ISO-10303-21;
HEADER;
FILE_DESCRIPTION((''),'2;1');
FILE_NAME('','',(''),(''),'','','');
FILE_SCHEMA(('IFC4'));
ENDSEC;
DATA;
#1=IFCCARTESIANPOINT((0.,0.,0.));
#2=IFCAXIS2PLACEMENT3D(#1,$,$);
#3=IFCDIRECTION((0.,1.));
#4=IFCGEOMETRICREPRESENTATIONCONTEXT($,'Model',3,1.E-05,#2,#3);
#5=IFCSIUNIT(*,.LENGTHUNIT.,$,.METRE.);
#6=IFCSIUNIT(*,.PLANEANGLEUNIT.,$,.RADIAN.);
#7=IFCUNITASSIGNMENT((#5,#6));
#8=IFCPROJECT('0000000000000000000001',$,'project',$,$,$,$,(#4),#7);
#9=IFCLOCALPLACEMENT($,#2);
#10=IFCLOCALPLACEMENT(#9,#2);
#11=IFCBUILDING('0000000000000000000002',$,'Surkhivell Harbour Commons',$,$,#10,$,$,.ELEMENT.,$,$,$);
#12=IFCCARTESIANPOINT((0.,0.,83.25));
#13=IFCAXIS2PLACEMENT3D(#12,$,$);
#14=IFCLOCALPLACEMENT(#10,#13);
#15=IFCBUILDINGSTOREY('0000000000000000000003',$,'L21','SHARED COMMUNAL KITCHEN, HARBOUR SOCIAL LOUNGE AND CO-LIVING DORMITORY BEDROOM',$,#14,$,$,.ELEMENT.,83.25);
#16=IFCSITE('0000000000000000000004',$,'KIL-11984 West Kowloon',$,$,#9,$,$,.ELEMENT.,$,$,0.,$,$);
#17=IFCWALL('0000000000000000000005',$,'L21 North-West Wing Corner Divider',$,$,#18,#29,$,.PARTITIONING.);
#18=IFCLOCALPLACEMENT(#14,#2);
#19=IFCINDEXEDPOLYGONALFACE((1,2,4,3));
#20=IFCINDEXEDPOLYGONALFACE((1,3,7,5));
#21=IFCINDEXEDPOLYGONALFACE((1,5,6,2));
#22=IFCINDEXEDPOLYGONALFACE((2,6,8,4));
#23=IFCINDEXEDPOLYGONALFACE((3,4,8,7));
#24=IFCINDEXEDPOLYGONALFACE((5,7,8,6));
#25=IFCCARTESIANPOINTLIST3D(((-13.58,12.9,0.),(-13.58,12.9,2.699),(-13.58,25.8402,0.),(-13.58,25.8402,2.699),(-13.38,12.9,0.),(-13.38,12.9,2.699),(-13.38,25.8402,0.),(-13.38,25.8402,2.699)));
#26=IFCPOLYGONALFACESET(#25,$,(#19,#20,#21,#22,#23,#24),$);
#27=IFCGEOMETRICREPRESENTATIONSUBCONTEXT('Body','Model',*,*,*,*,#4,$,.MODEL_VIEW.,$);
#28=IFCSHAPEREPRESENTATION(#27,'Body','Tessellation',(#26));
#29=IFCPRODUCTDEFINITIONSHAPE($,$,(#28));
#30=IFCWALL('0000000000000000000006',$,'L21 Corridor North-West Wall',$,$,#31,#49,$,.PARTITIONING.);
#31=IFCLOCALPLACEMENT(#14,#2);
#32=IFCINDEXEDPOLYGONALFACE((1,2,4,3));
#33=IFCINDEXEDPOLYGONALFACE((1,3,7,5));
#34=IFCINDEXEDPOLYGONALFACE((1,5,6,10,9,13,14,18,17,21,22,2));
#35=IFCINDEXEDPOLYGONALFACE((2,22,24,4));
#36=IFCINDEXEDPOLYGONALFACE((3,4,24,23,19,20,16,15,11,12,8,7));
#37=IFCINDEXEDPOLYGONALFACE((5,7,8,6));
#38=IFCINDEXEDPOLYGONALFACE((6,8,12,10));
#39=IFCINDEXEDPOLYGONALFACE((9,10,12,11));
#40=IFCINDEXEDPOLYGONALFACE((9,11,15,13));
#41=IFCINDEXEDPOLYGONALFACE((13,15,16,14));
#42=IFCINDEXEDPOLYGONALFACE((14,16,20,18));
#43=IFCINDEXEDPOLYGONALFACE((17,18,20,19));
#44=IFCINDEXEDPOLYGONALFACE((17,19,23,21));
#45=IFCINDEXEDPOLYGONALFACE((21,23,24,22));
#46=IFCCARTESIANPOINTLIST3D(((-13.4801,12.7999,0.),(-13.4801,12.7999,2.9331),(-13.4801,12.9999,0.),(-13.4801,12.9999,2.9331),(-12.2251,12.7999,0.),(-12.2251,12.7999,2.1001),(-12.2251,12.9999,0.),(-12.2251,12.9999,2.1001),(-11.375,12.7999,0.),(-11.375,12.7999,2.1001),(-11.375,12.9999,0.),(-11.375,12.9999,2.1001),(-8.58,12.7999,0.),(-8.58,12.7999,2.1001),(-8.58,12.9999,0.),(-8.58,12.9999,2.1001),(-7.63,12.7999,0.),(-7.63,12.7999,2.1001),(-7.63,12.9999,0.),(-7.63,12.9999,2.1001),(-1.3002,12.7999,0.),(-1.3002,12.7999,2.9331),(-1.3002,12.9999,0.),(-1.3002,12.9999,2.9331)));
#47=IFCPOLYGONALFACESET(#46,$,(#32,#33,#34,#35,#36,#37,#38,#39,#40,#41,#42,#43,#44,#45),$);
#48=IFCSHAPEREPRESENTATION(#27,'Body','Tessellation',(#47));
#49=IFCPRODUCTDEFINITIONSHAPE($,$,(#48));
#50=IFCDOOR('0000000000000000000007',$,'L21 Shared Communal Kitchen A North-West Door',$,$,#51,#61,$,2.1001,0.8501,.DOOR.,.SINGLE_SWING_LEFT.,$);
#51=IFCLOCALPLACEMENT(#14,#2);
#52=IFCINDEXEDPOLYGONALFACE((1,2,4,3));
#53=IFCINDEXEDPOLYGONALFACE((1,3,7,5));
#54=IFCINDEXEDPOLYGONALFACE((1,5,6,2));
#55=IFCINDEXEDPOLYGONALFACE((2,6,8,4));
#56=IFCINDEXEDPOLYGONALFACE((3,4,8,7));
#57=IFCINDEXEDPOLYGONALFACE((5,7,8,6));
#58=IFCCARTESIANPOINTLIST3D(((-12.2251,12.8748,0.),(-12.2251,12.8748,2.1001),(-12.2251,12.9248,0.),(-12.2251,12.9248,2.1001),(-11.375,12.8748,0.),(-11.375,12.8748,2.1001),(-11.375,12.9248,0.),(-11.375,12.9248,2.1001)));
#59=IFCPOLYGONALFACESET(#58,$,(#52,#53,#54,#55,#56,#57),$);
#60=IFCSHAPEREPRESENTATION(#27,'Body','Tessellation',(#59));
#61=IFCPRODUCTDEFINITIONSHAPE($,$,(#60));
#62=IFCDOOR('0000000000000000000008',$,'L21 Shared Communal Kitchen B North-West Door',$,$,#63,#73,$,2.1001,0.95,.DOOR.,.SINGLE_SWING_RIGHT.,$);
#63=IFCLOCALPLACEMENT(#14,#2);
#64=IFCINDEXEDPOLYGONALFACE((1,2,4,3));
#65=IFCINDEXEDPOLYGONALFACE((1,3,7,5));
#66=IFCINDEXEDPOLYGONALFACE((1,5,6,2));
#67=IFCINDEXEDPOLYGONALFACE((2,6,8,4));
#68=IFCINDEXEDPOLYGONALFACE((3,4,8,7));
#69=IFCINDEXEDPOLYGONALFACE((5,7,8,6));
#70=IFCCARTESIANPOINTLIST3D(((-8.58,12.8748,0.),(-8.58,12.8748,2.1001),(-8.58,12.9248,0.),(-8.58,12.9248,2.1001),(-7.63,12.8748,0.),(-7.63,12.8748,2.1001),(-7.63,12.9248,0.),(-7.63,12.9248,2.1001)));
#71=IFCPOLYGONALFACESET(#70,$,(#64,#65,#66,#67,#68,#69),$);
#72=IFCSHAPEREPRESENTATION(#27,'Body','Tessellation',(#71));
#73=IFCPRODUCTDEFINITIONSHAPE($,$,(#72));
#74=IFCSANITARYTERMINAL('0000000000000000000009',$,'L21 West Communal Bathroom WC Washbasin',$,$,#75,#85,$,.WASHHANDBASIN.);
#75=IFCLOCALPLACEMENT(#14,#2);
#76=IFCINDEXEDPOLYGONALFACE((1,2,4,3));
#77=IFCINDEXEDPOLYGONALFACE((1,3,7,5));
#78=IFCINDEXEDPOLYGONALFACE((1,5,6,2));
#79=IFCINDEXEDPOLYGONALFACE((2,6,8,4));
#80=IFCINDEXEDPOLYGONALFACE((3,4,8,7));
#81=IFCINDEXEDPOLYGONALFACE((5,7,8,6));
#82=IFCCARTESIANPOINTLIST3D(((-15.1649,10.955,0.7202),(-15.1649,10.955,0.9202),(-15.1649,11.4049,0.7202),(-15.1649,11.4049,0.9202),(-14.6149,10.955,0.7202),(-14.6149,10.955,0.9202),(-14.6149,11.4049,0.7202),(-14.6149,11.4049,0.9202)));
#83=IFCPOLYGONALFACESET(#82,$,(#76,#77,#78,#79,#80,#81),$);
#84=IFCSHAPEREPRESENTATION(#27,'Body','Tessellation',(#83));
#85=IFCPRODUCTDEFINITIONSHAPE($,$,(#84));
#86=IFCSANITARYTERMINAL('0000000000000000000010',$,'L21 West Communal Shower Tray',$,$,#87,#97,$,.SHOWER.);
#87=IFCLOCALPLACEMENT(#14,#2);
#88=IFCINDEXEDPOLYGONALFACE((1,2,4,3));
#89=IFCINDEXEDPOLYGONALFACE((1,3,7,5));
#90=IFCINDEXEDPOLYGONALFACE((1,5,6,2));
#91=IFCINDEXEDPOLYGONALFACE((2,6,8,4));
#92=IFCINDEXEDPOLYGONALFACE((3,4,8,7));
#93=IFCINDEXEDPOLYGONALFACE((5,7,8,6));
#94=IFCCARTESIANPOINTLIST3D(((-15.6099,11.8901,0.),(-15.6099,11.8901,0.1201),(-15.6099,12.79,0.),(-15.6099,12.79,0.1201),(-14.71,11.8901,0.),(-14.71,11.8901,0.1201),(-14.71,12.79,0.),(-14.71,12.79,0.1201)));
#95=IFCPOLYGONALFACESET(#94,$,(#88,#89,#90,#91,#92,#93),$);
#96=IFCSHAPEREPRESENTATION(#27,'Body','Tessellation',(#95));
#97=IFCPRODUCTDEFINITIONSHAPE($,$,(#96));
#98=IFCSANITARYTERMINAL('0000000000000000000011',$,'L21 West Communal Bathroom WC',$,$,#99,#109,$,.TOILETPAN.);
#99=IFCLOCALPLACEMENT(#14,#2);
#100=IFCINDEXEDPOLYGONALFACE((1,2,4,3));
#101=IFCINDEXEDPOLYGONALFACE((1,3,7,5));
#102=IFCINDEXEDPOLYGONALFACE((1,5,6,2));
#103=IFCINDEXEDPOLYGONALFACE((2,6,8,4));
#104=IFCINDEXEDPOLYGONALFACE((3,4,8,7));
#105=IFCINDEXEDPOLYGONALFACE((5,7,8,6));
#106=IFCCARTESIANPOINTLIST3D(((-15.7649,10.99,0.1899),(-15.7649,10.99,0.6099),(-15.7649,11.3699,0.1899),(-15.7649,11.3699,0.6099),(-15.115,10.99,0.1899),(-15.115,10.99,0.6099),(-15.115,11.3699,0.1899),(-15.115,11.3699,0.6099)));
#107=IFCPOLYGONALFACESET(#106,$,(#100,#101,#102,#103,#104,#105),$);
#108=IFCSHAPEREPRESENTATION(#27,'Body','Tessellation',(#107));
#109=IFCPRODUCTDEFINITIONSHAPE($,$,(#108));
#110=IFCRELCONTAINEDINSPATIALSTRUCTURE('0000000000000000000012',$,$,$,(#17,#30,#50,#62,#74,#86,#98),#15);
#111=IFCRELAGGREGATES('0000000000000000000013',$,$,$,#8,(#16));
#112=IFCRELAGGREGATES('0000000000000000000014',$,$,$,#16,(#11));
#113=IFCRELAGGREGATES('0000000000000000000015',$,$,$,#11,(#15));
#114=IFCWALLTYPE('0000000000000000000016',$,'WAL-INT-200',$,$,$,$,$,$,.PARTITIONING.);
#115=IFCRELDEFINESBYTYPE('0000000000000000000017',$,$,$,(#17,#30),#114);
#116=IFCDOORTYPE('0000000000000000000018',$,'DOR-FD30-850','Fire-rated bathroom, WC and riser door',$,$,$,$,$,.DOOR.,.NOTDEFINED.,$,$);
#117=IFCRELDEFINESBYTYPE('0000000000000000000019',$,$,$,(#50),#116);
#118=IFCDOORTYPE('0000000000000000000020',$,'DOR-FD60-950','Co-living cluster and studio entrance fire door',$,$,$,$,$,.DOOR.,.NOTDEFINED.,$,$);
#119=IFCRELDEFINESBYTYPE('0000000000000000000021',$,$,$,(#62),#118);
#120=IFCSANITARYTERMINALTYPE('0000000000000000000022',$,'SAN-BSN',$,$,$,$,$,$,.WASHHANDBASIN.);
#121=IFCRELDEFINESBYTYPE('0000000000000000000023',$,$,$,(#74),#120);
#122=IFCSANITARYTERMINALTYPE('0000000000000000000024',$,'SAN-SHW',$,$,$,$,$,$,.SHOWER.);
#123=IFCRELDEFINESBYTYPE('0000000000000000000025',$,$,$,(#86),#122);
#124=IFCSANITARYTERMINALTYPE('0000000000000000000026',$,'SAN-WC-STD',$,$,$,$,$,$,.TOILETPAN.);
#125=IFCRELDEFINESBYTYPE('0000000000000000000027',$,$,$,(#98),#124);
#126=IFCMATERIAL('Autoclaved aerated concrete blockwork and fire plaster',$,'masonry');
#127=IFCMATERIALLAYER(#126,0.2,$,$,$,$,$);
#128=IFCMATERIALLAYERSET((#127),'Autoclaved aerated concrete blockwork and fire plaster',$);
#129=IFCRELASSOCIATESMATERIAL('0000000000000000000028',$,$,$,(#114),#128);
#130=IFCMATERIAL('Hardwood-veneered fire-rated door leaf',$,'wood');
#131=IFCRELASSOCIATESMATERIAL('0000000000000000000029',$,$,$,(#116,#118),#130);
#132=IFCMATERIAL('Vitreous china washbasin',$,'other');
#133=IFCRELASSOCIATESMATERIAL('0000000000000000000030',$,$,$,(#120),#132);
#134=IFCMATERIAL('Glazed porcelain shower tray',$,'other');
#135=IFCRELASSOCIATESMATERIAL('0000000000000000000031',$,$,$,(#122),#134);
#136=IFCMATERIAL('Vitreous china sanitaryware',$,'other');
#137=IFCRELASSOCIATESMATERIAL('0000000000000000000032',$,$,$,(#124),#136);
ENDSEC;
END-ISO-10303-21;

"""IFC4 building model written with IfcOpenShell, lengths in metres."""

from ifc_helpers import new_model, si_unit, direction, frame, frame_2d, origin, origin_2d, place, context, subcontext, project, spatial, rectangle, extrude, material, layer, layer_set, type_object, element, fill, save


model = new_model("IFC4")

# Units and contexts
model_context = context("Model", 3, precision=1e-05, world=origin(), true_north=direction((0.0, 1.0)))
body_context = subcontext(model_context, "Body", "Model", "MODEL_VIEW")
ifc_project = project(units=[si_unit("LENGTHUNIT", "METRE"), si_unit("PLANEANGLEUNIT", "RADIAN")], contexts=[model_context])

# Site, building, storey
site_placement = place(None, origin())
site = spatial("IfcSite", under=ifc_project, at=site_placement, Name="KIL-11984 West Kowloon", CompositionType="ELEMENT", RefElevation=0.0)
building_placement = place(site_placement, origin())
building = spatial("IfcBuilding", under=site, at=building_placement, Name="Surkhivell Harbour Commons", CompositionType="ELEMENT")
storey_placement = place(building_placement, frame((0.0, 0.0, 83.25)))
storey = spatial("IfcBuildingStorey", under=building, at=storey_placement, Name="L21", Description="SHARED COMMUNAL KITCHEN, HARBOUR SOCIAL LOUNGE AND CO-LIVING DORMITORY BEDROOM", CompositionType="ELEMENT", Elevation=83.25)

# Wall
ifc_material_1 = material(Name="Autoclaved aerated concrete blockwork and fire plaster", Category="masonry")
ifc_layer_1 = layer(ifc_material_1, 0.2)
ifc_layer_set_1 = layer_set([ifc_layer_1], Name="Autoclaved aerated concrete blockwork and fire plaster")
wall_type_1 = type_object("IfcWallType", Name="WAL-INT-200", PredefinedType="PARTITIONING", material=ifc_layer_set_1)
wall_1_placement = place(storey_placement, frame((-13.48, 12.8999, 0.0), z_axis=(0.0, 0.0, 1.0), x_axis=(0.0, 1.0, 0.0)))
element("IfcWall", 1, at=wall_1_placement, inside=storey, type_object=wall_type_1, Name="L21 North-West Wing Corner Divider", PredefinedType="PARTITIONING", context=body_context, shape_type="SweptSolid", body=[
    extrude(rectangle(XDim=12.9402, YDim=0.2, at=frame_2d((6.4702, 0.0))), origin(), (0.0, 0.0, 1.0), 2.699),
])

# Wall, openings, doors
wall_2_placement = place(storey_placement, frame((-13.48, 12.8999, 0.0), z_axis=(0.0, 0.0, 1.0), x_axis=(1.0, 0.0, 0.0)))
wall_2 = element("IfcWall", 2, at=wall_2_placement, inside=storey, type_object=wall_type_1, Name="L21 Corridor North-West Wall", PredefinedType="PARTITIONING", context=body_context, shape_type="SweptSolid", body=[
    extrude(rectangle(XDim=12.1799, YDim=0.2, at=frame_2d((6.0898, 0.0))), origin(), (0.0, 0.0, 1.0), 2.9331),
])
opening_1_placement = place(wall_2_placement, frame((1.2549, 0.0, 0.0)))
opening_1 = element("IfcOpeningElement", 3, at=opening_1_placement, cuts=wall_2, PredefinedType="OPENING", context=body_context, shape_type="SweptSolid", body=[
    extrude(rectangle(XDim=0.8501, YDim=2.1001, at=frame_2d((0.425, 1.05))), frame((0.0, 0.1099, 0.0), z_axis=(0.0, -1.0, 0.0), x_axis=(1.0, 0.0, 0.0)), (0.0, 0.0, 1.0), 0.22),
])
opening_2_placement = place(wall_2_placement, frame((4.8999, 0.0, 0.0)))
opening_2 = element("IfcOpeningElement", 4, at=opening_2_placement, cuts=wall_2, PredefinedType="OPENING", context=body_context, shape_type="SweptSolid", body=[
    extrude(rectangle(XDim=0.95, YDim=2.1001, at=frame_2d((0.4751, 1.05))), frame((0.0, 0.1099, 0.0), z_axis=(0.0, -1.0, 0.0), x_axis=(1.0, 0.0, 0.0)), (0.0, 0.0, 1.0), 0.22),
])
ifc_material_2 = material(Name="Hardwood-veneered fire-rated door leaf", Category="wood")
door_type_1 = type_object("IfcDoorType", Name="DOR-FD30-850", Description="Fire-rated bathroom, WC and riser door", OperationType="NOTDEFINED", PredefinedType="DOOR", material=ifc_material_2)
door_1_placement = place(opening_1_placement, origin())
door_1 = element("IfcDoor", 5, at=door_1_placement, inside=storey, type_object=door_type_1, Name="L21 Shared Communal Kitchen A North-West Door", OperationType="SINGLE_SWING_LEFT", OverallHeight=2.1001, OverallWidth=0.8501, PredefinedType="DOOR", context=body_context, shape_type="SweptSolid", body=[
    extrude(rectangle(XDim=0.8501, YDim=2.1001, at=frame_2d((0.425, 1.05))), frame((0.0, 0.0249, 0.0), z_axis=(0.0, -1.0, 0.0), x_axis=(1.0, 0.0, 0.0)), (0.0, 0.0, 1.0), 0.05),
])
fill(opening_1, door_1)
door_type_2 = type_object("IfcDoorType", Name="DOR-FD60-950", Description="Co-living cluster and studio entrance fire door", OperationType="NOTDEFINED", PredefinedType="DOOR", material=ifc_material_2)
door_2_placement = place(opening_2_placement, origin())
door_2 = element("IfcDoor", 6, at=door_2_placement, inside=storey, type_object=door_type_2, Name="L21 Shared Communal Kitchen B North-West Door", OperationType="SINGLE_SWING_RIGHT", OverallHeight=2.1001, OverallWidth=0.95, PredefinedType="DOOR", context=body_context, shape_type="SweptSolid", body=[
    extrude(rectangle(XDim=0.95, YDim=2.1001, at=frame_2d((0.4751, 1.05))), frame((0.0, 0.0249, 0.0), z_axis=(0.0, -1.0, 0.0), x_axis=(1.0, 0.0, 0.0)), (0.0, 0.0, 1.0), 0.05),
])
fill(opening_2, door_2)

# Sanitary terminals
ifc_material_3 = material(Name="Vitreous china washbasin", Category="other")
sanitary_terminal_type_1 = type_object("IfcSanitaryTerminalType", Name="SAN-BSN", PredefinedType="WASHHANDBASIN", material=ifc_material_3)
sanitary_terminal_1_placement = place(storey_placement, frame((-14.8899, 11.1799, 0.7202), z_axis=(0.0, 0.0, 1.0), x_axis=(1.0, 0.0, 0.0)))
element("IfcSanitaryTerminal", 7, at=sanitary_terminal_1_placement, inside=storey, type_object=sanitary_terminal_type_1, Name="L21 West Communal Bathroom WC Washbasin", PredefinedType="WASHHANDBASIN", context=body_context, shape_type="SweptSolid", body=[
    extrude(rectangle(XDim=0.55, YDim=0.45, at=origin_2d()), origin(), (0.0, 0.0, 1.0), 0.2),
])
ifc_material_4 = material(Name="Glazed porcelain shower tray", Category="other")
sanitary_terminal_type_2 = type_object("IfcSanitaryTerminalType", Name="SAN-SHW", PredefinedType="SHOWER", material=ifc_material_4)
sanitary_terminal_2_placement = place(storey_placement, frame((-15.1599, 12.3401, 0.0), z_axis=(0.0, 0.0, 1.0), x_axis=(1.0, 0.0, 0.0)))
element("IfcSanitaryTerminal", 8, at=sanitary_terminal_2_placement, inside=storey, type_object=sanitary_terminal_type_2, Name="L21 West Communal Shower Tray", PredefinedType="SHOWER", context=body_context, shape_type="SweptSolid", body=[
    extrude(rectangle(XDim=0.8999, YDim=0.8999, at=origin_2d()), origin(), (0.0, 0.0, 1.0), 0.1201),
])
ifc_material_5 = material(Name="Vitreous china sanitaryware", Category="other")
sanitary_terminal_type_3 = type_object("IfcSanitaryTerminalType", Name="SAN-WC-STD", PredefinedType="TOILETPAN", material=ifc_material_5)
sanitary_terminal_3_placement = place(storey_placement, frame((-15.4399, 11.1799, 0.1899), z_axis=(0.0, 0.0, 1.0), x_axis=(1.0, 0.0, 0.0)))
element("IfcSanitaryTerminal", 9, at=sanitary_terminal_3_placement, inside=storey, type_object=sanitary_terminal_type_3, Name="L21 West Communal Bathroom WC", PredefinedType="TOILETPAN", context=body_context, shape_type="SweptSolid", body=[
    extrude(rectangle(XDim=0.6499, YDim=0.3799, at=origin_2d()), origin(), (0.0, 0.0, 1.0), 0.4199),
])

save(model, "model.ifc")
